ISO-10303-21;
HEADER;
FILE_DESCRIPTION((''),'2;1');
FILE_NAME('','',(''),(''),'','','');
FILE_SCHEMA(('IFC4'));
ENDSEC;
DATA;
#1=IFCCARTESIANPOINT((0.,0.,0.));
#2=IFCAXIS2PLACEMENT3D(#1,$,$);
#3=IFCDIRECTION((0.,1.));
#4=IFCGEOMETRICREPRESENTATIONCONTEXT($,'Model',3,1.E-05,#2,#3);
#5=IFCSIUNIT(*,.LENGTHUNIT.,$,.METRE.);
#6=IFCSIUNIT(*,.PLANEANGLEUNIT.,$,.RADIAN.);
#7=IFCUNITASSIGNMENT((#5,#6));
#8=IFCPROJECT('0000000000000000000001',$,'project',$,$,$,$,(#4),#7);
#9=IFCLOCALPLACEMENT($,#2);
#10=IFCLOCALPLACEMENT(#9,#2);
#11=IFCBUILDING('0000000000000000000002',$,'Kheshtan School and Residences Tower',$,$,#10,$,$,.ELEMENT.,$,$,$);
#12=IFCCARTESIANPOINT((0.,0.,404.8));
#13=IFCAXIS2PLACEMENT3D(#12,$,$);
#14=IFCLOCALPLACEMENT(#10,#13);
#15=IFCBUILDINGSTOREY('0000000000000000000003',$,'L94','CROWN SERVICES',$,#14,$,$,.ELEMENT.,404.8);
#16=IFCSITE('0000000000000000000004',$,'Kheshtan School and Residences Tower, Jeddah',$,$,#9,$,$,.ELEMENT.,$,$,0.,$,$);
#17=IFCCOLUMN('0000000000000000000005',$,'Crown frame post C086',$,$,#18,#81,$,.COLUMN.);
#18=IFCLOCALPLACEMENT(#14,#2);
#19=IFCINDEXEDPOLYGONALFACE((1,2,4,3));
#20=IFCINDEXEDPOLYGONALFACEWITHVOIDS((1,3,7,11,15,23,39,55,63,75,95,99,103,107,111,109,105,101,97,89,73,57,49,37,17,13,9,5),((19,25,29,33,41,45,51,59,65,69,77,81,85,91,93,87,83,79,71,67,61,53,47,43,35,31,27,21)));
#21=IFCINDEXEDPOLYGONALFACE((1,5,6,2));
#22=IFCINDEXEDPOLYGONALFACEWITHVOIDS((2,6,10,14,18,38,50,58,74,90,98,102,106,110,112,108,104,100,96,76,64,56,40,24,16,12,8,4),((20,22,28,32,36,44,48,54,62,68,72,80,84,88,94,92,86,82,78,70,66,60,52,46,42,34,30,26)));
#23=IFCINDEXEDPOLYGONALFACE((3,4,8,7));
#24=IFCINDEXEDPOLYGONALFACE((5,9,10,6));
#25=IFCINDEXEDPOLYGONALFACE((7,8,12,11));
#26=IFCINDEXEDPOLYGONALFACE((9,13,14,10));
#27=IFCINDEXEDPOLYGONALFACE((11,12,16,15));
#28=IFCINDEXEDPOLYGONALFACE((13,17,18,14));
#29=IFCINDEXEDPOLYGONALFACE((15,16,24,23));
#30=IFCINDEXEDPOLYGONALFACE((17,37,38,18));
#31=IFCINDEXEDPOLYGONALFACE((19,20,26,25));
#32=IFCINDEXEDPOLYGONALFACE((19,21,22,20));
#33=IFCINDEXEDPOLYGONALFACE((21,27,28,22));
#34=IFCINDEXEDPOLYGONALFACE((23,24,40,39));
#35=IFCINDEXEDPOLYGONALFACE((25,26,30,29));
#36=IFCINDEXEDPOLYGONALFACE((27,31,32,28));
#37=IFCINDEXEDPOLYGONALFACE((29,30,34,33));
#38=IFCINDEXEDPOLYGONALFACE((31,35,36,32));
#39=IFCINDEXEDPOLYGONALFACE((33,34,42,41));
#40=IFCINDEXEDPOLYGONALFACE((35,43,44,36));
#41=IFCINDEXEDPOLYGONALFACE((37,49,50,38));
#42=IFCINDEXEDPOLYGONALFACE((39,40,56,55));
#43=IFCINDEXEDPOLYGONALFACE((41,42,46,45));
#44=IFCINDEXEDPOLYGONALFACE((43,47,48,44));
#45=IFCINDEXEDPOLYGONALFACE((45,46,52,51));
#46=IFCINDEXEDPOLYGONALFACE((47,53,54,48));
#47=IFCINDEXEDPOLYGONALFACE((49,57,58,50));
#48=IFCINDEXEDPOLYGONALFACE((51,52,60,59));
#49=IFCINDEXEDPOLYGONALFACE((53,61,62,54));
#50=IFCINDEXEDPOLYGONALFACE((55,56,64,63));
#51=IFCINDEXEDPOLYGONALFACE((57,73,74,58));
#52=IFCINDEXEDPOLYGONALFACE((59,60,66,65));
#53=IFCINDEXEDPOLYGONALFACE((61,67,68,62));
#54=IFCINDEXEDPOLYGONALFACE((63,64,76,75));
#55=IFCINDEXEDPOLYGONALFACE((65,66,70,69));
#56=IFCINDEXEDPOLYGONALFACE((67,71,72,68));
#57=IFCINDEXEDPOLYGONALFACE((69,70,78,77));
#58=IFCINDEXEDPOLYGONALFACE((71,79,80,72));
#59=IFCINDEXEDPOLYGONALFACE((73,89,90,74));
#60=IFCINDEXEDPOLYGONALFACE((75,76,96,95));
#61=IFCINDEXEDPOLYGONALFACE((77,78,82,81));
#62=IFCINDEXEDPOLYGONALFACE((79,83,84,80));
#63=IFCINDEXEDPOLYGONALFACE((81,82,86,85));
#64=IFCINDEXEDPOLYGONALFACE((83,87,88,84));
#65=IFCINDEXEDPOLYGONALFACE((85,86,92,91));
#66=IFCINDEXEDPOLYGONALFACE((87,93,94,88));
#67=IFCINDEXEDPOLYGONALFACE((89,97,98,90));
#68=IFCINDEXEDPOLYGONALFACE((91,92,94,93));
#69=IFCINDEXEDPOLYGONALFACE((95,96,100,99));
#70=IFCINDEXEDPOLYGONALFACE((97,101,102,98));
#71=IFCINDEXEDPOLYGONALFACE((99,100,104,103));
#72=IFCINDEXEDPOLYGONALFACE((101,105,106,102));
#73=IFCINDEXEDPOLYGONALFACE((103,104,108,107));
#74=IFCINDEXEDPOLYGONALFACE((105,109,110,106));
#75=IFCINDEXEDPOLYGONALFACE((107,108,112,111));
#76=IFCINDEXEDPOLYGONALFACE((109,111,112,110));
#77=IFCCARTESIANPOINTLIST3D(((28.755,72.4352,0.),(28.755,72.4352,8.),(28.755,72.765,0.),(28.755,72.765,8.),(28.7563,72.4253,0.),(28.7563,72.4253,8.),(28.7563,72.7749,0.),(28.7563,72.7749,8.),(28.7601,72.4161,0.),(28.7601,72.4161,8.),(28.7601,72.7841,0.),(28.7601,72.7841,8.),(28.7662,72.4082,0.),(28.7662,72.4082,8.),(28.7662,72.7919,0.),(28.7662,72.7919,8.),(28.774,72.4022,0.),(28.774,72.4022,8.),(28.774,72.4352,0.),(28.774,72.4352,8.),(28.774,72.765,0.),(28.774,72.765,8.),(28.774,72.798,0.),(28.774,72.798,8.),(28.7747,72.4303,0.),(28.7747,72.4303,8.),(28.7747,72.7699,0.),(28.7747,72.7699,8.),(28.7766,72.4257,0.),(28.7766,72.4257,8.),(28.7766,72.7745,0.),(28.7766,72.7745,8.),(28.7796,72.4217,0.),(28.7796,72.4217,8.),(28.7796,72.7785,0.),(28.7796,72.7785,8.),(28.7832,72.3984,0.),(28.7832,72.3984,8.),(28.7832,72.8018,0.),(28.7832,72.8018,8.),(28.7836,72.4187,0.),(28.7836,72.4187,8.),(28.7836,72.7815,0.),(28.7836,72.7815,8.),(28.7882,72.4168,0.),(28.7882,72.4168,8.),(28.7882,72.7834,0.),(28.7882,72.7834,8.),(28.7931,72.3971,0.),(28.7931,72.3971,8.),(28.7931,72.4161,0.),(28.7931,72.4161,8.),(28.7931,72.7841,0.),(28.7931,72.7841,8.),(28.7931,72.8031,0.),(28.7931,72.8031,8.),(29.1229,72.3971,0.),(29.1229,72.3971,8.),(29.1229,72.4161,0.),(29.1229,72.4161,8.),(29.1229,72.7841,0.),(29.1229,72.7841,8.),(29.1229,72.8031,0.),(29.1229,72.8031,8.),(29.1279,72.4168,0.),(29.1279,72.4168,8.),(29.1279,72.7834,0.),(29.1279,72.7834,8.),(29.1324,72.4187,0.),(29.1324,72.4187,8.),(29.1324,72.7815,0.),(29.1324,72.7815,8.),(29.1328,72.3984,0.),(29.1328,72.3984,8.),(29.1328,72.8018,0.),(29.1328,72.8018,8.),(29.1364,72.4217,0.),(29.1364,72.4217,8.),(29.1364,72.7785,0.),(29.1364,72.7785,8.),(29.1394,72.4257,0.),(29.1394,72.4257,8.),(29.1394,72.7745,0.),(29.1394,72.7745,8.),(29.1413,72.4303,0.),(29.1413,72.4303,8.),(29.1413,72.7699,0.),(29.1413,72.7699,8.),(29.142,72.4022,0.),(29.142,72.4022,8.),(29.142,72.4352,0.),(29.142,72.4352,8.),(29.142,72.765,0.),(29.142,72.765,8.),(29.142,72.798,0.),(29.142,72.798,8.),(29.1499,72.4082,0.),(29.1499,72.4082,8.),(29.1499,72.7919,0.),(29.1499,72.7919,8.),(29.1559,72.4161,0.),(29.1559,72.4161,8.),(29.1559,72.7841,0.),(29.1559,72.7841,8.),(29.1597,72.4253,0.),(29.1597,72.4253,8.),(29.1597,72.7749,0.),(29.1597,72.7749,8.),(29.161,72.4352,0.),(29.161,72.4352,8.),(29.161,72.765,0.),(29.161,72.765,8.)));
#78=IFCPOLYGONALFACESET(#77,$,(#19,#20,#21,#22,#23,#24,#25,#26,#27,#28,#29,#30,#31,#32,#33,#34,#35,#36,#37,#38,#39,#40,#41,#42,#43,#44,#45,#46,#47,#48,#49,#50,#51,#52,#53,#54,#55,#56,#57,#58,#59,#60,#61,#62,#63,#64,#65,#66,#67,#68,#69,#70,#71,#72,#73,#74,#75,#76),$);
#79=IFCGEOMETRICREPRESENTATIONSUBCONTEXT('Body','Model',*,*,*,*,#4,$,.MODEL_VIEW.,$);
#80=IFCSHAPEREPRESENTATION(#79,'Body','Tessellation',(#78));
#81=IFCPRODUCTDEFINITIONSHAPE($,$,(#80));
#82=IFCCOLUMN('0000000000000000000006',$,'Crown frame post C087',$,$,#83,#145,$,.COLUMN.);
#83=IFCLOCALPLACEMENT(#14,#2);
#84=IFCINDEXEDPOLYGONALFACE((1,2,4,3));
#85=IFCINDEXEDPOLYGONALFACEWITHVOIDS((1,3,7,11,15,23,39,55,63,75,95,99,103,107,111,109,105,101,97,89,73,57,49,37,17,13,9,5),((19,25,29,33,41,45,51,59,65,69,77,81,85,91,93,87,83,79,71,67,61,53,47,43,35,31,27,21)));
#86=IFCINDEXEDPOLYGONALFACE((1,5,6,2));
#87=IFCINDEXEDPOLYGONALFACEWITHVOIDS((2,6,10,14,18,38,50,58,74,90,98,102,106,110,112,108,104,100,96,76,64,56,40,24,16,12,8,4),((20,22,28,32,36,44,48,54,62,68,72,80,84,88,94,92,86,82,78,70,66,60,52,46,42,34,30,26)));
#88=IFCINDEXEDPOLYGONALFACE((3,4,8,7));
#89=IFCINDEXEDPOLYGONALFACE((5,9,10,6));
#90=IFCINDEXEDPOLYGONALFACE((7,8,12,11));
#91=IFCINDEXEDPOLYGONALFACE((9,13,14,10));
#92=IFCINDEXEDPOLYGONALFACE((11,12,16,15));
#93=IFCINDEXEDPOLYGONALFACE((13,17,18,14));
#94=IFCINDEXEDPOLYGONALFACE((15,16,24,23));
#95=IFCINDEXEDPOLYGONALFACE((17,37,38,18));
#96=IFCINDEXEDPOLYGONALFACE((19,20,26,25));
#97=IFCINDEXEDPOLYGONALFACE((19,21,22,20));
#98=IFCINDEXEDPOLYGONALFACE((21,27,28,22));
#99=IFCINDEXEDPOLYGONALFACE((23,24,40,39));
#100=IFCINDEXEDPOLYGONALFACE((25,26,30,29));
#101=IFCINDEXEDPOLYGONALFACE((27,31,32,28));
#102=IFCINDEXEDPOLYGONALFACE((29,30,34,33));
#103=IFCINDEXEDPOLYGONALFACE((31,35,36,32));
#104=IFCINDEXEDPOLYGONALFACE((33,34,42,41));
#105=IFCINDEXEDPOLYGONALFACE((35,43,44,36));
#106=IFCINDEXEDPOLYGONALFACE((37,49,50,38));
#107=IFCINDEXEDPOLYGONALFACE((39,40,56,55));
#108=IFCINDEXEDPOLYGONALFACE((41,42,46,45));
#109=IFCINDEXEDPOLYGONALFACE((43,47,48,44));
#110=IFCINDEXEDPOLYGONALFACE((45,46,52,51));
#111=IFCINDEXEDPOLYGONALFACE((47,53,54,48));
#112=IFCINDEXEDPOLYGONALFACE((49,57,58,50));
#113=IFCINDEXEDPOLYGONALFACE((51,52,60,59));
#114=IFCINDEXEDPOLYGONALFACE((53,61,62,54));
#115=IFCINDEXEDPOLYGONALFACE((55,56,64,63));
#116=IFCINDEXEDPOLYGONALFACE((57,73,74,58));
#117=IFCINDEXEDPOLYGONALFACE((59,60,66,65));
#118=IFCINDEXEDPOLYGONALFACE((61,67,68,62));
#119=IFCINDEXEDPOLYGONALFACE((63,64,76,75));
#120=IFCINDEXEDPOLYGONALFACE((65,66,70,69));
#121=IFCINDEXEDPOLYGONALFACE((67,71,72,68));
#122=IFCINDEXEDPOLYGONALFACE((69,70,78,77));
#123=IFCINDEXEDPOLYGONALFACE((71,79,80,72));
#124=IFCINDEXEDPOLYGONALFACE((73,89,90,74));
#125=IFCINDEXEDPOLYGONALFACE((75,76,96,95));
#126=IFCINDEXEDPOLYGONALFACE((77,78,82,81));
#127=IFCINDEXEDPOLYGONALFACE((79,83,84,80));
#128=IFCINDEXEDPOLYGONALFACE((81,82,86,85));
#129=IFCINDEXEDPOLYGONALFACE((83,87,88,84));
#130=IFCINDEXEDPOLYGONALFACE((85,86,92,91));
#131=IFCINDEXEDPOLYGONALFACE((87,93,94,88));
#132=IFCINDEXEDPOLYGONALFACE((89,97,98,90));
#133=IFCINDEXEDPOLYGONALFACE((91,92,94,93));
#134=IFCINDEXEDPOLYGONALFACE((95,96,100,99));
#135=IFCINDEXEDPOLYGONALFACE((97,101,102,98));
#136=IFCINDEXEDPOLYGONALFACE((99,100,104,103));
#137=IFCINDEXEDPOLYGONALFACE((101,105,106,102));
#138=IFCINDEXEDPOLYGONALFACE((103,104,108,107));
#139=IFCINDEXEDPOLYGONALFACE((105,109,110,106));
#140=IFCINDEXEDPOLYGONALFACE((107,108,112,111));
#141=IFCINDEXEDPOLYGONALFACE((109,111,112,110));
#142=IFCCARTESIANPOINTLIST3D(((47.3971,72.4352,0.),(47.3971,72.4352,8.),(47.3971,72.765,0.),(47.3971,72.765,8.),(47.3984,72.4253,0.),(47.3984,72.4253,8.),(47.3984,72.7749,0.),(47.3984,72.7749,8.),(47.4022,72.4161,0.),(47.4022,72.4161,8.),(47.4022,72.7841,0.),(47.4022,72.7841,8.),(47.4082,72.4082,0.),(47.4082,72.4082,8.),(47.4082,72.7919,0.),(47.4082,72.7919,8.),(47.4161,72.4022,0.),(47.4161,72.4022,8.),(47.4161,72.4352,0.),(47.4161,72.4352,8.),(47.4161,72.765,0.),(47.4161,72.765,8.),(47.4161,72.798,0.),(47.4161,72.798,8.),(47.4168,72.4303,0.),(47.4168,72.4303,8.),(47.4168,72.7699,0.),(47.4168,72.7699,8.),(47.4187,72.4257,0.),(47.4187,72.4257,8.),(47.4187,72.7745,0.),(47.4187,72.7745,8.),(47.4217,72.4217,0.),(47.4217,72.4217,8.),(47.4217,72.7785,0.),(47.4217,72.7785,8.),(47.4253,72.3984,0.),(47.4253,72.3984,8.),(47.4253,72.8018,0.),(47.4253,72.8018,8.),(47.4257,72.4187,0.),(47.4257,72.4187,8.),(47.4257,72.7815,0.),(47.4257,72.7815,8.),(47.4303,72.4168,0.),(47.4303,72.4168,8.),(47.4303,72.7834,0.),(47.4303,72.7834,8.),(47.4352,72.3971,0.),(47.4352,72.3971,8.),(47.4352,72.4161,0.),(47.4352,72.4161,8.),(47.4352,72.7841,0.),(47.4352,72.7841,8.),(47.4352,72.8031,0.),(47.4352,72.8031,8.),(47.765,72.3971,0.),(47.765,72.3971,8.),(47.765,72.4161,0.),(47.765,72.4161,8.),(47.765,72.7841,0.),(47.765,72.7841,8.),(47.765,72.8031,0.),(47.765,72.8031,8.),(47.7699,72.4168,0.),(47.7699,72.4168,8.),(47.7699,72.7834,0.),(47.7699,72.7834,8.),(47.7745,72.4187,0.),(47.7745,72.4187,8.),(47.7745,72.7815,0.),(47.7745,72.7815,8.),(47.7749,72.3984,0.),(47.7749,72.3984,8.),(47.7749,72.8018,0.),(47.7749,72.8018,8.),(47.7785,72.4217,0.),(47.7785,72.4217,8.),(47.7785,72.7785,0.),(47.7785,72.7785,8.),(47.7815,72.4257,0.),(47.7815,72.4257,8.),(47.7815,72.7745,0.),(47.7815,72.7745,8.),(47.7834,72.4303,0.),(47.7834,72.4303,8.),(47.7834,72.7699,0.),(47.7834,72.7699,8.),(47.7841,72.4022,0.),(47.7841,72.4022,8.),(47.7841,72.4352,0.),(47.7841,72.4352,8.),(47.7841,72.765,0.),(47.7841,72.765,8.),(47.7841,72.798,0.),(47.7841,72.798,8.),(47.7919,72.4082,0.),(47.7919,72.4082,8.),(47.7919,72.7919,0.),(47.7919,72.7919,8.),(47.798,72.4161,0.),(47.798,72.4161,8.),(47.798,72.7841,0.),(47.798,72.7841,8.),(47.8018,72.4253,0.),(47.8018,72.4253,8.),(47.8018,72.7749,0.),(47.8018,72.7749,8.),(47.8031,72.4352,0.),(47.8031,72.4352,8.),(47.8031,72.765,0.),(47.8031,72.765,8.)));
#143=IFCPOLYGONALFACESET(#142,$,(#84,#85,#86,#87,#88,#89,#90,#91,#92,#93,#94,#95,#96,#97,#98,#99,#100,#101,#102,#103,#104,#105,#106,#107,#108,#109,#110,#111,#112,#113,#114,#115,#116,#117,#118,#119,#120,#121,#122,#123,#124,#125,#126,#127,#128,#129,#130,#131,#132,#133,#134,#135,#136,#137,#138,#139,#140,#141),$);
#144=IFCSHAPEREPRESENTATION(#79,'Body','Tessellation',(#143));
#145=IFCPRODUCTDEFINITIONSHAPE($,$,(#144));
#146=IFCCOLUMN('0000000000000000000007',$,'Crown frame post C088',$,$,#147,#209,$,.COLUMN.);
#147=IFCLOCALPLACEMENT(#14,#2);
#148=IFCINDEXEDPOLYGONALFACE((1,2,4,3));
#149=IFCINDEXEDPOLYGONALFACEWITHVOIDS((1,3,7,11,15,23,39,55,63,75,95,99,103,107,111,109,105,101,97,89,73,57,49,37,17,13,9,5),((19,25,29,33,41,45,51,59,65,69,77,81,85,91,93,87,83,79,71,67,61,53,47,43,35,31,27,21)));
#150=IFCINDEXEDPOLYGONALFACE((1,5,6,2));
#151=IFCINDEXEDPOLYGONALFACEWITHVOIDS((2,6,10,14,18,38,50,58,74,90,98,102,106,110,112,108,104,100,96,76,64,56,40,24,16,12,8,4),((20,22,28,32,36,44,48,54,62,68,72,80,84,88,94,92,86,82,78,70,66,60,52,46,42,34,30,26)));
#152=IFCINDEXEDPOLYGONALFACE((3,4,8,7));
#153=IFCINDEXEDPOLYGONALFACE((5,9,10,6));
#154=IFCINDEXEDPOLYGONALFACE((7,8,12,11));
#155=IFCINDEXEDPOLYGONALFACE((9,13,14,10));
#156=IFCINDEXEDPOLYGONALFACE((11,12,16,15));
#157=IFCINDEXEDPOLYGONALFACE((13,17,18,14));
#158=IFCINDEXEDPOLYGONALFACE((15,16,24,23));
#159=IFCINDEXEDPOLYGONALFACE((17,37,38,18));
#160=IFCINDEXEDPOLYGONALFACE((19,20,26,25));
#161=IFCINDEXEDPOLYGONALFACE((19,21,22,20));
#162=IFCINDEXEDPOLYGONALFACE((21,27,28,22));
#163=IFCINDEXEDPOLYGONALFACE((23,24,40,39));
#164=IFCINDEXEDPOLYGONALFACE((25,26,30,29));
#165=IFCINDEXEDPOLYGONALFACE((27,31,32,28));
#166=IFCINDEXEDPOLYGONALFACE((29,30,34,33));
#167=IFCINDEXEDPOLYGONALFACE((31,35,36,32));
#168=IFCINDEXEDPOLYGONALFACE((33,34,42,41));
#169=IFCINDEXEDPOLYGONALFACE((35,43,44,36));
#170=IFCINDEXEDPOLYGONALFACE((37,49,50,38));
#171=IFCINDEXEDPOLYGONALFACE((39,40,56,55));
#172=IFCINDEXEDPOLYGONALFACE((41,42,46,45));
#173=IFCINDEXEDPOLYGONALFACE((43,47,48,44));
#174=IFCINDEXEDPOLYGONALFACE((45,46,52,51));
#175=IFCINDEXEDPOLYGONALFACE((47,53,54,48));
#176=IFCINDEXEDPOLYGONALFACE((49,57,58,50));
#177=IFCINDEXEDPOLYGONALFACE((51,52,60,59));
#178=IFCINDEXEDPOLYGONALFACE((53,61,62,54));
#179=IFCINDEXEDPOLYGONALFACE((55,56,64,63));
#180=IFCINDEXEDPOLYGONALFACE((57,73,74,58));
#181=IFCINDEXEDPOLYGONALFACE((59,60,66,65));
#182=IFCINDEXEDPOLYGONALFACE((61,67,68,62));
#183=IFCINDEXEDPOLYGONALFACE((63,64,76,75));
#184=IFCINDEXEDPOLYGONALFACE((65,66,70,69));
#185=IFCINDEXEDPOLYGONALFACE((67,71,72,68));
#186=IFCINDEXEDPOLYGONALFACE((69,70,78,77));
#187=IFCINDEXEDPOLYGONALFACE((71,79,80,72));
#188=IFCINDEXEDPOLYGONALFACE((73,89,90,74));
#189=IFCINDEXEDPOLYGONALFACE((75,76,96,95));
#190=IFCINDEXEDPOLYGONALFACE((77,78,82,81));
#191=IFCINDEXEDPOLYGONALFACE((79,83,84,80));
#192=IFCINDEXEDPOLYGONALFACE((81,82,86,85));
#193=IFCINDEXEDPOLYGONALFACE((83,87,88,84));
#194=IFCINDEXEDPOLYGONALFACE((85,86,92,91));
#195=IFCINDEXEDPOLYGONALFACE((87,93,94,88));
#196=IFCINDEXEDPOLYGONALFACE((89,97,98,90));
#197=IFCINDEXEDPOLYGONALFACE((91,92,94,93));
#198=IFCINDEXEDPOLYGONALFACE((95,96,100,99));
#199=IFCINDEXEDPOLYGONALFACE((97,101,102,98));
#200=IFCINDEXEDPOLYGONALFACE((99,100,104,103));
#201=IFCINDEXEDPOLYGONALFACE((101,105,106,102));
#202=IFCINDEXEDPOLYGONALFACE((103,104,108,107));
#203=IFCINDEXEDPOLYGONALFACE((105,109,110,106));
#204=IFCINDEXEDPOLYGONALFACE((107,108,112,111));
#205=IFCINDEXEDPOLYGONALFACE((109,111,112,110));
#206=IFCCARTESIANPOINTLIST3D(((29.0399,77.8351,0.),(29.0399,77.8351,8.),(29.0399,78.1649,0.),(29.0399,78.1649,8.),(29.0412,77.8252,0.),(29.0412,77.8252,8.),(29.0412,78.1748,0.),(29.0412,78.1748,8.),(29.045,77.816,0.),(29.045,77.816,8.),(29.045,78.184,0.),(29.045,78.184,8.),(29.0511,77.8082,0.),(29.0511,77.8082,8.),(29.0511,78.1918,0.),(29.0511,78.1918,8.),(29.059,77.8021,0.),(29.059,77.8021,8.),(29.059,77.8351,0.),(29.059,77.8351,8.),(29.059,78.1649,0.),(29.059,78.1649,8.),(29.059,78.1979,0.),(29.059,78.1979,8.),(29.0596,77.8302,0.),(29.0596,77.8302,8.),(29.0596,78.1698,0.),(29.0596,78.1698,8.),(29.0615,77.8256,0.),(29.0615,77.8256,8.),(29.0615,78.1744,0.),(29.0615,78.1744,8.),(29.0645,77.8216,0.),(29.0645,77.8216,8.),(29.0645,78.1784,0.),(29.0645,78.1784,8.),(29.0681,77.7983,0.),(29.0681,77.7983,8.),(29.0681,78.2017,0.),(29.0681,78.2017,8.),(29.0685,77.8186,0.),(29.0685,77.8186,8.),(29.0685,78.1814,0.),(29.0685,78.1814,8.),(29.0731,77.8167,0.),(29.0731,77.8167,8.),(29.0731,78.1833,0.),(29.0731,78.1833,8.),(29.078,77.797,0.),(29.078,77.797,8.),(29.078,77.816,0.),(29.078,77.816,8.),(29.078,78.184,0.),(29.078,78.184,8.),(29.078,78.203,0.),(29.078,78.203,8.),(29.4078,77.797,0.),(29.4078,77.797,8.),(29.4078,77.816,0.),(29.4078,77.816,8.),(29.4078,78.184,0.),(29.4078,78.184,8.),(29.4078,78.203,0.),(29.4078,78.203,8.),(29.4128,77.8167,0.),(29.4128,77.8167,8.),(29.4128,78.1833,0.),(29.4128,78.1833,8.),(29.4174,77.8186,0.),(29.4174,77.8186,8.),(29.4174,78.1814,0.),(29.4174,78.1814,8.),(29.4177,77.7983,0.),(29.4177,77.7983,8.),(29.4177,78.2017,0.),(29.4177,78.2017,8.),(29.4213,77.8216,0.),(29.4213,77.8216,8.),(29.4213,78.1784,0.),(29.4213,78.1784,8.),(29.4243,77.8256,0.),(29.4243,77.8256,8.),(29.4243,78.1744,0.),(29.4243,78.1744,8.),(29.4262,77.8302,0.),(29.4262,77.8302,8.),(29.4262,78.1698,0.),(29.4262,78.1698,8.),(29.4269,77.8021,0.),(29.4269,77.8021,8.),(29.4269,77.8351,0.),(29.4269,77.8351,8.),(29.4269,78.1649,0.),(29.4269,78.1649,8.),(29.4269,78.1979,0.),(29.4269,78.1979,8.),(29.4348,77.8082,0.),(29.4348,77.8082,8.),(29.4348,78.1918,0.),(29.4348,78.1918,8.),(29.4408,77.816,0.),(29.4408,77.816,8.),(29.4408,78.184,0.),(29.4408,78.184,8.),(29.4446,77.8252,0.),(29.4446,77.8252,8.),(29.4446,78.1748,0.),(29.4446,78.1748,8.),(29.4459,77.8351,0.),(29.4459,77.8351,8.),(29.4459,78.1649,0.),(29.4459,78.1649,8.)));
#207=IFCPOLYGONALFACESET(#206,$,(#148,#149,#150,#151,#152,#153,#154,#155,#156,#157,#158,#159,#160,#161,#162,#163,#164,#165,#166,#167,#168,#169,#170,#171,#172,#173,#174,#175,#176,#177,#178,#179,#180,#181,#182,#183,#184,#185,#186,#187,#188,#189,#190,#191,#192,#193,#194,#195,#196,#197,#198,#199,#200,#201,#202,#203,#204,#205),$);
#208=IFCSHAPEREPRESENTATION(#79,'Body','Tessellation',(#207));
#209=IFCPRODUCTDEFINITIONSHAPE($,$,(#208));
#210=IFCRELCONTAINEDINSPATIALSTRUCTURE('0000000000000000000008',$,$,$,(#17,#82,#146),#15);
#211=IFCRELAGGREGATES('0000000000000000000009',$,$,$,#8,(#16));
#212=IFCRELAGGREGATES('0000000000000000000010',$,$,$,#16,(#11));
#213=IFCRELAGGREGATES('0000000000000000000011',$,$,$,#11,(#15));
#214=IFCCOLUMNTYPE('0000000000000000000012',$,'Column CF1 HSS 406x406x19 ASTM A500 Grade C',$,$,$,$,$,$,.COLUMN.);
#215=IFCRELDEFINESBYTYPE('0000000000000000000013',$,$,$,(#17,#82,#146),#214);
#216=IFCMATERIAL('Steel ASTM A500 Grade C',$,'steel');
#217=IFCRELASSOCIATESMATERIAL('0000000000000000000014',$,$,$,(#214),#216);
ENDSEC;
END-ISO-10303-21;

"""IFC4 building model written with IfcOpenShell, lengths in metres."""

from ifc_helpers import new_model, si_unit, direction, frame, origin, origin_2d, place, context, subcontext, project, spatial, hollow_rectangle, extrude, material, material_profile, profile_set, type_object, element, save


model = new_model("IFC4")

# Units and contexts
model_context = context("Model", 3, precision=1e-05, world=origin(), true_north=direction((0.0, 1.0)))
body_context = subcontext(model_context, "Body", "Model", "MODEL_VIEW")
ifc_project = project(units=[si_unit("LENGTHUNIT", "METRE"), si_unit("PLANEANGLEUNIT", "RADIAN")], contexts=[model_context])

# Site, building, storey
site_placement = place(None, origin())
site = spatial("IfcSite", under=ifc_project, at=site_placement, Name="Kheshtan School and Residences Tower, Jeddah", CompositionType="ELEMENT", RefElevation=0.0)
building_placement = place(site_placement, origin())
building = spatial("IfcBuilding", under=site, at=building_placement, Name="Kheshtan School and Residences Tower", CompositionType="ELEMENT")
storey_placement = place(building_placement, frame((0.0, 0.0, 404.8)))
storey = spatial("IfcBuildingStorey", under=building, at=storey_placement, Name="L94", Description="CROWN SERVICES", CompositionType="ELEMENT", Elevation=404.8)

# Columns
ifc_material_1 = material(Name="Steel ASTM A500 Grade C", Category="steel")
ifc_material_profile_1 = material_profile(ifc_material_1, hollow_rectangle(XDim=0.406, YDim=0.406, WallThickness=0.019, InnerFilletRadius=0.019, OuterFilletRadius=0.0381, at=origin_2d()), Name="HSS 406x406x19")
ifc_profile_set_1 = profile_set([ifc_material_profile_1], Name="Steel ASTM A500 Grade C")
column_type = type_object("IfcColumnType", Name="Column CF1 HSS 406x406x19 ASTM A500 Grade C", PredefinedType="COLUMN", material=ifc_profile_set_1)
for number, where, z_axis, x_axis, name in (
    (1, (28.958, 72.6001, 0.0), (0.0, 0.0, 1.0), (1.0, 0.0, 0.0), "Crown frame post C086"),
    (2, (47.6001, 72.6001, 0.0), (0.0, 0.0, 1.0), (1.0, 0.0, 0.0), "Crown frame post C087"),
    (3, (29.2429, 78.0, 0.0), (0.0, 0.0, 1.0), (1.0, 0.0, 0.0), "Crown frame post C088"),
):
    element("IfcColumn", number, at=place(storey_placement, frame(where, z_axis=z_axis, x_axis=x_axis)), inside=storey, type_object=column_type, Name=name, PredefinedType="COLUMN", context=body_context, shape_type="SweptSolid", body=[
        extrude(hollow_rectangle(XDim=0.406, YDim=0.406, WallThickness=0.019, InnerFilletRadius=0.019, OuterFilletRadius=0.0381, at=origin_2d()), origin(), (0.0, 0.0, 1.0), 8.0),
    ])

save(model, "model.ifc")
